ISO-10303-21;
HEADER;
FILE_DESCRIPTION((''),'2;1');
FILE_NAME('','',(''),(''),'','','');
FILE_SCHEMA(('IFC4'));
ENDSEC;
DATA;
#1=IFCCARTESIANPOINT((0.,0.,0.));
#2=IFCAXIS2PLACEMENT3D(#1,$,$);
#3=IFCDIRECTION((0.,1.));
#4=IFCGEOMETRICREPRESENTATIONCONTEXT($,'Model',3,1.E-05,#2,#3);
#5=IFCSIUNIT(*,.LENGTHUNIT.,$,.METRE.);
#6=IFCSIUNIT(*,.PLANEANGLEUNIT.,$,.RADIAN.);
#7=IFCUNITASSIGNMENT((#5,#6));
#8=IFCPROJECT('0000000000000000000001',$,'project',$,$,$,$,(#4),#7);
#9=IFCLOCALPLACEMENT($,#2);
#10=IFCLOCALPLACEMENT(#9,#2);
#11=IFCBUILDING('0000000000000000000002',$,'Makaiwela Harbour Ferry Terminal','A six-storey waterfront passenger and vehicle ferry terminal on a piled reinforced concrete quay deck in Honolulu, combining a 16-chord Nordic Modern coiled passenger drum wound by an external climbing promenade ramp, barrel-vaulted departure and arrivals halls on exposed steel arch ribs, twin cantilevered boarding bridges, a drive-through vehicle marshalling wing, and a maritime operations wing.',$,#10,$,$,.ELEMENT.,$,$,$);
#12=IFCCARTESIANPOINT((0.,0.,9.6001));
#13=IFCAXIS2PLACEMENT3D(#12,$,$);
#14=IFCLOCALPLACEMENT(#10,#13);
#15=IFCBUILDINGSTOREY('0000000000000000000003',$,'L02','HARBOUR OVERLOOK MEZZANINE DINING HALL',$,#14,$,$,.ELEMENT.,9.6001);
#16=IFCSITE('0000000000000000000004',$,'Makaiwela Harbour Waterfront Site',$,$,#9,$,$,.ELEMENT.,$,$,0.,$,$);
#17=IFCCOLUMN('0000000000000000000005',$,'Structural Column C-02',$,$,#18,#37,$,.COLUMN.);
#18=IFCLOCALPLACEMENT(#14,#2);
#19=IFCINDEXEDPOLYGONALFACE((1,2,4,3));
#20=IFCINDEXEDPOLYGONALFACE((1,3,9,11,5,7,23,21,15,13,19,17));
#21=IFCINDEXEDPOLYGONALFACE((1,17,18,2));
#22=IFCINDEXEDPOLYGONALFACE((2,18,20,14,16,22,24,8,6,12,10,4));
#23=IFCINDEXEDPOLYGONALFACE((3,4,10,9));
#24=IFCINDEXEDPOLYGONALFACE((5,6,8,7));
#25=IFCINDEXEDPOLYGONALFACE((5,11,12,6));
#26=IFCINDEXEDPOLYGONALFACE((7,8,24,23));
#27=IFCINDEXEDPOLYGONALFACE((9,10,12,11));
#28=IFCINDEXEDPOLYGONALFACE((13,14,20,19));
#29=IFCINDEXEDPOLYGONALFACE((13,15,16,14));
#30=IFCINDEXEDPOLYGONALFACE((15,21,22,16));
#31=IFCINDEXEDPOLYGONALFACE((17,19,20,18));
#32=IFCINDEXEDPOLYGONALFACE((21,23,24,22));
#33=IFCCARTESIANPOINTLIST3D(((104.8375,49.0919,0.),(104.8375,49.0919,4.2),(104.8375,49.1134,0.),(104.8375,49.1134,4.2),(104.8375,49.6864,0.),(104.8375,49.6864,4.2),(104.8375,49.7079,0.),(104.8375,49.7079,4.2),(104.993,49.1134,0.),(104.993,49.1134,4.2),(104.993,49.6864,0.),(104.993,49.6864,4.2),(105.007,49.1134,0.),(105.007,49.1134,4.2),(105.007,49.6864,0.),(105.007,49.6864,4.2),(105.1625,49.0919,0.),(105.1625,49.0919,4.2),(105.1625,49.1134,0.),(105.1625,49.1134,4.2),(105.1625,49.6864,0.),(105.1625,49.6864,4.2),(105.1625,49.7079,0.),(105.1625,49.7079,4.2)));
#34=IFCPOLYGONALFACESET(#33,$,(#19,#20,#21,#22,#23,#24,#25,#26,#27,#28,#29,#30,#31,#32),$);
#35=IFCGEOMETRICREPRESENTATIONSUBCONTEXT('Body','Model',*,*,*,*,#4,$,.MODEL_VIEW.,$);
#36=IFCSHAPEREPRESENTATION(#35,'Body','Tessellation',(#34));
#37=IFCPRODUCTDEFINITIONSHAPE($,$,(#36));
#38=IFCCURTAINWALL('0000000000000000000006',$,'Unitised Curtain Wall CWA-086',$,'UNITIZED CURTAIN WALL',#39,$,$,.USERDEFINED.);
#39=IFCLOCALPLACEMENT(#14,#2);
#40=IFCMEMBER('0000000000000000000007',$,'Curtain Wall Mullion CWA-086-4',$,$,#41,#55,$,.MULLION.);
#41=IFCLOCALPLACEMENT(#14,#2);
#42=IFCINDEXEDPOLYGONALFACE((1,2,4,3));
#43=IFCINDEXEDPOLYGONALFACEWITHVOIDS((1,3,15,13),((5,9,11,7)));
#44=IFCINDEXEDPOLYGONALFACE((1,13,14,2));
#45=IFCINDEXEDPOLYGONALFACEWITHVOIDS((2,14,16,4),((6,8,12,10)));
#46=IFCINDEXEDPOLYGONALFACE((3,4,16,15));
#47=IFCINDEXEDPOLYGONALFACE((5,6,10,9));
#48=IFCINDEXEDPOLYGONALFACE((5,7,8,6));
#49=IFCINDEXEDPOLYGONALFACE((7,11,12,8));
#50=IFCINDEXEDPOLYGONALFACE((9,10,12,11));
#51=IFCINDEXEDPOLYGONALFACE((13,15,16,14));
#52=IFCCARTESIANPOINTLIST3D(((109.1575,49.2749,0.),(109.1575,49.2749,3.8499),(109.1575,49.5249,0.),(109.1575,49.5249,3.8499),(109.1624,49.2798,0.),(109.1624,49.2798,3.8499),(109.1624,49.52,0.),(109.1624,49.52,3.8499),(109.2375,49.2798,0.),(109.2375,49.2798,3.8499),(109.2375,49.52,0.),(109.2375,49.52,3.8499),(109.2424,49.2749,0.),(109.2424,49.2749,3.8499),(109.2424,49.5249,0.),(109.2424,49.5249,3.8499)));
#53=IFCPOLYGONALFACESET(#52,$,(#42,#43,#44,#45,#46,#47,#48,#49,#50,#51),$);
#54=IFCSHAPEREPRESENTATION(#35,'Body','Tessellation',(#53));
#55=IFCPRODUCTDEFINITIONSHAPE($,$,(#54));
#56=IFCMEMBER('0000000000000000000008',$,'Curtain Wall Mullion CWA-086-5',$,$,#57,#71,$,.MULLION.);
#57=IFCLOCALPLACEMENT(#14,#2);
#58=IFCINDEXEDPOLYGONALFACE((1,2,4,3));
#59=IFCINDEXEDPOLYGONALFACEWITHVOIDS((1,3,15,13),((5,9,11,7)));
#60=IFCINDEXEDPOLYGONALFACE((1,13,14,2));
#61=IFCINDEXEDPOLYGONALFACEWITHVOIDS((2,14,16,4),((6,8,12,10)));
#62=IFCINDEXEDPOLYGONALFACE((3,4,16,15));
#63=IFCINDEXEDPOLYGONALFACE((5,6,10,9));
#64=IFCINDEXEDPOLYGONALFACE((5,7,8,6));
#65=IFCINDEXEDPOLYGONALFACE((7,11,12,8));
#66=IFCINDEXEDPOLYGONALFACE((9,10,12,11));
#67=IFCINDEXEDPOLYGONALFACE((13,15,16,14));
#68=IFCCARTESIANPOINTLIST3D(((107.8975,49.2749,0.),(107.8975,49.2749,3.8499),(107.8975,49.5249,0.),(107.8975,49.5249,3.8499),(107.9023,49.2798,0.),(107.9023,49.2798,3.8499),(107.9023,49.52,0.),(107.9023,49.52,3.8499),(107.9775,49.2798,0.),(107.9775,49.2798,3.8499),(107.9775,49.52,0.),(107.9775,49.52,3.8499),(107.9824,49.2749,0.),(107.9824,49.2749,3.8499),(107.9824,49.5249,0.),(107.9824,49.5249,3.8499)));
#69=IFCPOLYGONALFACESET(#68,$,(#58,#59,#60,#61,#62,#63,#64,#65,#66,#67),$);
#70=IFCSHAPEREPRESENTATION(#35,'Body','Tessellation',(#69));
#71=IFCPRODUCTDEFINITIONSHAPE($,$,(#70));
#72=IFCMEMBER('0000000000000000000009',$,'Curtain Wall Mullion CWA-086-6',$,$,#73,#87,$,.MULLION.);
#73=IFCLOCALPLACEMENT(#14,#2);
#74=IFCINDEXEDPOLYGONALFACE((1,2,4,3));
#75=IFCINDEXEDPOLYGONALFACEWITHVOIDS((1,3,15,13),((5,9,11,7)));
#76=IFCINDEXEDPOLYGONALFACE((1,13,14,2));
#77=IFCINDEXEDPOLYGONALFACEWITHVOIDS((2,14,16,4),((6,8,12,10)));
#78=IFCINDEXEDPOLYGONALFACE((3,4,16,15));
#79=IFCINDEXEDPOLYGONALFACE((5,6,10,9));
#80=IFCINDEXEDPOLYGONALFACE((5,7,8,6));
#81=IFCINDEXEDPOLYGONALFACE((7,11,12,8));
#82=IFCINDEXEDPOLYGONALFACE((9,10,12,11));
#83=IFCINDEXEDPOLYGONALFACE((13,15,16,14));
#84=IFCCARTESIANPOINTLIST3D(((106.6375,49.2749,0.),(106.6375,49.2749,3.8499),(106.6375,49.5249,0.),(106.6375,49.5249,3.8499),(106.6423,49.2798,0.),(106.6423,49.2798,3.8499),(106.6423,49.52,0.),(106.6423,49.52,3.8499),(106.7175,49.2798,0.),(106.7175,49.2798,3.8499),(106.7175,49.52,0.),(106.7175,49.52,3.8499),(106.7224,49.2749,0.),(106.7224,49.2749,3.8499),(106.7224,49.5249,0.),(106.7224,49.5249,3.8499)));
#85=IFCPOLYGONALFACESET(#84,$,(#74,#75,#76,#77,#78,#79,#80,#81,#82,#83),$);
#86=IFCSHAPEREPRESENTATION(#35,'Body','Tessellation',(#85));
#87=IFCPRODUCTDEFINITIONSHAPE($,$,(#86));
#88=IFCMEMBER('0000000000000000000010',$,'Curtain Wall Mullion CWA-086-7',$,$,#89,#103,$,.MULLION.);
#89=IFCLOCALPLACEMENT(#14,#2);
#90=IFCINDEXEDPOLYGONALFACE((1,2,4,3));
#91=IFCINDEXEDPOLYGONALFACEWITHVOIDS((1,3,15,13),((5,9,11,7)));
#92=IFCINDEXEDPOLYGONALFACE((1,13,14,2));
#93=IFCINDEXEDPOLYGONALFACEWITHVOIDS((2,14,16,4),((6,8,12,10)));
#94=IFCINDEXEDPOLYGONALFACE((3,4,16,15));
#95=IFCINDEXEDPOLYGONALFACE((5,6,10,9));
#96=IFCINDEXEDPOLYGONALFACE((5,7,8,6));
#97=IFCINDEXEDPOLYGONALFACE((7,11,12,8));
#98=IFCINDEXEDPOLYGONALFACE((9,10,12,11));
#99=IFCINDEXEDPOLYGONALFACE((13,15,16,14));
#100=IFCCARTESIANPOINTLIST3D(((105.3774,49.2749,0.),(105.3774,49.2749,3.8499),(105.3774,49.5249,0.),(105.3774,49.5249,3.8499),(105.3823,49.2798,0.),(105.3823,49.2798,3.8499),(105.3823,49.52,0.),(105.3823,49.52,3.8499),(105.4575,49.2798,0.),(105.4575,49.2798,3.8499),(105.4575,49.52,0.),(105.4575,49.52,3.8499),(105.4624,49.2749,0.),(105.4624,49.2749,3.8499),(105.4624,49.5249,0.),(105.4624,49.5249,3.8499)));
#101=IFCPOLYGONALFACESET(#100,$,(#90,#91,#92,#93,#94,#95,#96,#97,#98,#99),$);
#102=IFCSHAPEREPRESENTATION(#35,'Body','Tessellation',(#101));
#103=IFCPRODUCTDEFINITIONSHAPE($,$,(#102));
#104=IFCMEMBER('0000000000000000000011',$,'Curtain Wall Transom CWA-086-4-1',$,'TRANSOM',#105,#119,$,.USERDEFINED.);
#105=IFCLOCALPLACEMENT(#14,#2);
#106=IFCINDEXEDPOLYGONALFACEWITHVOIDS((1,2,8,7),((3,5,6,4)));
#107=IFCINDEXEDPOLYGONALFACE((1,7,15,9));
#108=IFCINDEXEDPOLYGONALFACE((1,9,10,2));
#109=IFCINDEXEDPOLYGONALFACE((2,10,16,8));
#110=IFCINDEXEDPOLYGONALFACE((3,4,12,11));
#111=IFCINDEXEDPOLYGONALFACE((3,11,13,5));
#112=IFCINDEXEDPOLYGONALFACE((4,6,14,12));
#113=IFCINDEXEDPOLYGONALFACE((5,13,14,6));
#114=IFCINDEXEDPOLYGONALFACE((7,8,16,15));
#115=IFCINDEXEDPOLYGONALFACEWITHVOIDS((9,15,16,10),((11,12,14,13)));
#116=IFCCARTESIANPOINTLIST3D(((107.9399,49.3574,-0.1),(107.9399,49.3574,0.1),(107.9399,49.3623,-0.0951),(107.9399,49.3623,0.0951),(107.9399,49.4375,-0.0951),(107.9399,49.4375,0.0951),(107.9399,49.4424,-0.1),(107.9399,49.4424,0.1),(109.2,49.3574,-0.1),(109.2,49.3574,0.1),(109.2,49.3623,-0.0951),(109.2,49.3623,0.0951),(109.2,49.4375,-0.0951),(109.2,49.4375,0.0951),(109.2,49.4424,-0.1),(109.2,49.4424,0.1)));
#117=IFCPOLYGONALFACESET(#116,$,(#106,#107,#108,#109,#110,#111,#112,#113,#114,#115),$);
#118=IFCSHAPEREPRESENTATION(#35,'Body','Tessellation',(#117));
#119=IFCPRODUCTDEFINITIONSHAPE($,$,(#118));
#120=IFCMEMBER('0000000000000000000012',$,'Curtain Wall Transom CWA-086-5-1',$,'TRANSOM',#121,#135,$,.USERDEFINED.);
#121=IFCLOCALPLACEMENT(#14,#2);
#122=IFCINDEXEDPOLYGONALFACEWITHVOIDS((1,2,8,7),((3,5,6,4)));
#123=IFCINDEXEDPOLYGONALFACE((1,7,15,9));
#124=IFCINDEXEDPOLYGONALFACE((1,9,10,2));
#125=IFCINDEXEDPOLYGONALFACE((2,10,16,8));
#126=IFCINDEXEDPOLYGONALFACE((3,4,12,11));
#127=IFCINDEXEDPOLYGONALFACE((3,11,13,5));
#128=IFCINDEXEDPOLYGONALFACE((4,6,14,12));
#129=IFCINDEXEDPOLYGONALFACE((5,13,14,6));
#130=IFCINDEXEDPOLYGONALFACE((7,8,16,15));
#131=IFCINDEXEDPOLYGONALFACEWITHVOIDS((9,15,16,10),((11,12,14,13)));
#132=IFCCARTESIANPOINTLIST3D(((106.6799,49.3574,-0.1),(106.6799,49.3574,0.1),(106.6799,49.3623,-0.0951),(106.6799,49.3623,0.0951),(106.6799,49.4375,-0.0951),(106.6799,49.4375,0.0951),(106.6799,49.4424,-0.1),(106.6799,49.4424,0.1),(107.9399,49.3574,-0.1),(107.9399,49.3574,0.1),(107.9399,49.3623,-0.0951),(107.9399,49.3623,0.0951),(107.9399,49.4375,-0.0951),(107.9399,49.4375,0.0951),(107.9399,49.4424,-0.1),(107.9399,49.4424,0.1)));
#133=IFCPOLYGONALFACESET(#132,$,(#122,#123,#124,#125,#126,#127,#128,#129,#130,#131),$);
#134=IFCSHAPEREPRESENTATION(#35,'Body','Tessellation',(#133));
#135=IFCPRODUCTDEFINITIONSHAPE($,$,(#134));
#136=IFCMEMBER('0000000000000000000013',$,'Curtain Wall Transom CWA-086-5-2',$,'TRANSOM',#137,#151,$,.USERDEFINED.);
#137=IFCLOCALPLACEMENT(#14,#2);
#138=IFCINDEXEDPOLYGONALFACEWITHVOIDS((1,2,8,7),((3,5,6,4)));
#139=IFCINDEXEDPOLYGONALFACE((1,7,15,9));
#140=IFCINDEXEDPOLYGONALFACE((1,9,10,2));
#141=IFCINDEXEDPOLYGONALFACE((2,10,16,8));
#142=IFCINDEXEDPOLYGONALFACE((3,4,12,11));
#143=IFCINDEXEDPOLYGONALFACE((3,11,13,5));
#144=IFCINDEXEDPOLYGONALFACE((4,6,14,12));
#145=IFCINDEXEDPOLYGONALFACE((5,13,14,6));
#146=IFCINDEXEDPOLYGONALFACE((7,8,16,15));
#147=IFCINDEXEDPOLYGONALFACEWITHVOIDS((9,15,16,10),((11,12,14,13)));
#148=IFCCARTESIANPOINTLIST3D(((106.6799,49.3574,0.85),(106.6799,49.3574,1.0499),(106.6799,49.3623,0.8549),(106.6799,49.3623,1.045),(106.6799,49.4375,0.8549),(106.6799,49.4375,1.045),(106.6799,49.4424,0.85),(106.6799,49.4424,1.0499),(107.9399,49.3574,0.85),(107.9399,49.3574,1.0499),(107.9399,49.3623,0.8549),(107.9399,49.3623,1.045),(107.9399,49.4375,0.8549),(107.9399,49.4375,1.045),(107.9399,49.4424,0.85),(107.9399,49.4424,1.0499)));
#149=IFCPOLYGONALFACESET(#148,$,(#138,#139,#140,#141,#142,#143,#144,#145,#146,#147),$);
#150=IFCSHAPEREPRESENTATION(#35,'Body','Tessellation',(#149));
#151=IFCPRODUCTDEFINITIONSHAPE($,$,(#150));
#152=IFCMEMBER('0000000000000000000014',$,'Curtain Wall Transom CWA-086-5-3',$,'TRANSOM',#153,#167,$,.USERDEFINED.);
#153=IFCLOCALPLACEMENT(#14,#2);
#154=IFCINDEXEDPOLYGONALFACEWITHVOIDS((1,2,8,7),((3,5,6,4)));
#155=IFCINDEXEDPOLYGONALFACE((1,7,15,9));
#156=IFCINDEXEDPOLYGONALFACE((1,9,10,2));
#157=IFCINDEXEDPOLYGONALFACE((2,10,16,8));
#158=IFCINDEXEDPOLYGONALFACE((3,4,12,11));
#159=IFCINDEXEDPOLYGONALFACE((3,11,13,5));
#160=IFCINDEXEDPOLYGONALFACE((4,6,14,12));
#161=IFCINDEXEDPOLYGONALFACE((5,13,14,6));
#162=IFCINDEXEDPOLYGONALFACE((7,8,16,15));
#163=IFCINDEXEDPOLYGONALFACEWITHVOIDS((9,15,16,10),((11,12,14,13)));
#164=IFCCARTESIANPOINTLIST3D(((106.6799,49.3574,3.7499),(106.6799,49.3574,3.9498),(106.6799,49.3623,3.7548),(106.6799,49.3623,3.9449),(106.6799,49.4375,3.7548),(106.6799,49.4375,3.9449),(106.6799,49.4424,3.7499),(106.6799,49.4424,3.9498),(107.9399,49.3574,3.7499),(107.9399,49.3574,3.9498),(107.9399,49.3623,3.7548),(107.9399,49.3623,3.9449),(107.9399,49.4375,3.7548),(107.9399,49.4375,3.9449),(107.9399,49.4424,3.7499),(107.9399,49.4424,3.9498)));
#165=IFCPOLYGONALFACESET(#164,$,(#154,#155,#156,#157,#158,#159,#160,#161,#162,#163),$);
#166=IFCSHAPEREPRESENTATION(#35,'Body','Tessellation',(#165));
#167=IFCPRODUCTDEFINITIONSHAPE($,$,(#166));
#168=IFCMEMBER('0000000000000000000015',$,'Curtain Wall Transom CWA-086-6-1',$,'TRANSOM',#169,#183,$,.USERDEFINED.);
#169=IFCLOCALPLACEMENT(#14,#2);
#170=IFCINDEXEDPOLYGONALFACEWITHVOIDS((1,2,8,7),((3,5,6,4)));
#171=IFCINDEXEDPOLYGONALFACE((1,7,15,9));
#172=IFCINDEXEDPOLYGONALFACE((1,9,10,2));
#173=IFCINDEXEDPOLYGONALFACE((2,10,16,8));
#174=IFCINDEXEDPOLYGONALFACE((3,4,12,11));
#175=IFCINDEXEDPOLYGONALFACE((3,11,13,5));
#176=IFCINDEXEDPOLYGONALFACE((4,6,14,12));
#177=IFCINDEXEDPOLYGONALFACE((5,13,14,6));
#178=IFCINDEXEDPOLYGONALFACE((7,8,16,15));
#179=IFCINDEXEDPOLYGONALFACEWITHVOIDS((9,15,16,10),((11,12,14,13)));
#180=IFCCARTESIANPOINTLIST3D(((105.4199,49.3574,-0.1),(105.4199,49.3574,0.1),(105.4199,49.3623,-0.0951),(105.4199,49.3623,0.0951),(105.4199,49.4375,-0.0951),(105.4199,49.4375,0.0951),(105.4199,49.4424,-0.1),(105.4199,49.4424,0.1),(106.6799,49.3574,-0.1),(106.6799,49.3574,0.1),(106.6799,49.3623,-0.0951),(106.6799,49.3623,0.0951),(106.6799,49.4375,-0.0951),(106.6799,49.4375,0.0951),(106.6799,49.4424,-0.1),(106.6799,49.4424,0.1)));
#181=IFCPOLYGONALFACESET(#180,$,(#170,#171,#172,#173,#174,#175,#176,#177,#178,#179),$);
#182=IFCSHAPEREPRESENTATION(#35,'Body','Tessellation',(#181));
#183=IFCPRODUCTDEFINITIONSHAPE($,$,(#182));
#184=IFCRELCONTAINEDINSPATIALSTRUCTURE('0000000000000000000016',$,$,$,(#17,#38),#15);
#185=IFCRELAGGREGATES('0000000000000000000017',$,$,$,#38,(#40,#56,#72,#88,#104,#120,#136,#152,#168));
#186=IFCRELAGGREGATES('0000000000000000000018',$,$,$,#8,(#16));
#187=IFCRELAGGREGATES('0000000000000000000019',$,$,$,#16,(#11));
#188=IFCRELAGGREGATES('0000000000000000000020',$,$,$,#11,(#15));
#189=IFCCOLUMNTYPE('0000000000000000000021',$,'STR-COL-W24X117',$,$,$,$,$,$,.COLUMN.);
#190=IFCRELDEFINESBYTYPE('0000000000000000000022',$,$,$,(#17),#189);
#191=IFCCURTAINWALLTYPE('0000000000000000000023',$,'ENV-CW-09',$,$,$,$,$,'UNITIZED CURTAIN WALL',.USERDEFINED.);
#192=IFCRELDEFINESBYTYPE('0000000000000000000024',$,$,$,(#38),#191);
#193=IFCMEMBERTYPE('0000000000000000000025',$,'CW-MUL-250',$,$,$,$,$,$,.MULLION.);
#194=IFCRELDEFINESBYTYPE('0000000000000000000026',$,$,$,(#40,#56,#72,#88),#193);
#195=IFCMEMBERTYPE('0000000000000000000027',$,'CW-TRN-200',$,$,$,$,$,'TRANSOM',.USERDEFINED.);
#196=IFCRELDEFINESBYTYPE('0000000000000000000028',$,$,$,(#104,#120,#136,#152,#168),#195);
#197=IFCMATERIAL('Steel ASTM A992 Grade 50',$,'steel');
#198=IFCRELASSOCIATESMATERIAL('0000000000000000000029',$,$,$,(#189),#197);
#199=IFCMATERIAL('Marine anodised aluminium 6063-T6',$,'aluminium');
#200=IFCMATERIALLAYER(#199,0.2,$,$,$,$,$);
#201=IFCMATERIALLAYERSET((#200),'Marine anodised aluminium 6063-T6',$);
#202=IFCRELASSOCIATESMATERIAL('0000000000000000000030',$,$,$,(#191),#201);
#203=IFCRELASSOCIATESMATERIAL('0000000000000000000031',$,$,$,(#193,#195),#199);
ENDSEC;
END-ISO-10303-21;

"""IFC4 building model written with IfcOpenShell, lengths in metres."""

from ifc_helpers import new_model, si_unit, direction, frame, origin, origin_2d, place, context, subcontext, project, spatial, hollow_rectangle, i_section, extrude, material, layer, layer_set, material_profile, profile_set, type_object, element, aggregate, save


model = new_model("IFC4")

# Units and contexts
model_context = context("Model", 3, precision=1e-05, world=origin(), true_north=direction((0.0, 1.0)))
body_context = subcontext(model_context, "Body", "Model", "MODEL_VIEW")
ifc_project = project(units=[si_unit("LENGTHUNIT", "METRE"), si_unit("PLANEANGLEUNIT", "RADIAN")], contexts=[model_context])

# Site, building, storey
site_placement = place(None, origin())
site = spatial("IfcSite", under=ifc_project, at=site_placement, Name="Makaiwela Harbour Waterfront Site", CompositionType="ELEMENT", RefElevation=0.0)
building_placement = place(site_placement, origin())
building = spatial("IfcBuilding", under=site, at=building_placement, Name="Makaiwela Harbour Ferry Terminal", Description="A six-storey waterfront passenger and vehicle ferry terminal on a piled reinforced concrete quay deck in Honolulu, combining a 16-chord Nordic Modern coiled passenger drum wound by an external climbing promenade ramp, barrel-vaulted departure and arrivals halls on exposed steel arch ribs, twin cantilevered boarding bridges, a drive-through vehicle marshalling wing, and a maritime operations wing.", CompositionType="ELEMENT")
storey_placement = place(building_placement, frame((0.0, 0.0, 9.6001)))
storey = spatial("IfcBuildingStorey", under=building, at=storey_placement, Name="L02", Description="HARBOUR OVERLOOK MEZZANINE DINING HALL", CompositionType="ELEMENT", Elevation=9.6001)

# Column
ifc_material_1 = material(Name="Steel ASTM A992 Grade 50", Category="steel")
ifc_material_profile_1 = material_profile(ifc_material_1, i_section(OverallWidth=0.325, OverallDepth=0.616, WebThickness=0.0139, FlangeThickness=0.0215, at=origin_2d()), Name="W24X117")
ifc_profile_set_1 = profile_set([ifc_material_profile_1], Name="Steel ASTM A992 Grade 50")
column_type = type_object("IfcColumnType", Name="STR-COL-W24X117", PredefinedType="COLUMN", material=ifc_profile_set_1)
column_placement = place(storey_placement, frame((105.0, 49.3999, 0.0), z_axis=(0.0, 0.0, 1.0), x_axis=(1.0, 0.0, 0.0)))
element("IfcColumn", 1, at=column_placement, inside=storey, type_object=column_type, Name="Structural Column C-02", PredefinedType="COLUMN", context=body_context, shape_type="SweptSolid", body=[
    extrude(i_section(OverallWidth=0.325, OverallDepth=0.616, WebThickness=0.0139, FlangeThickness=0.0215, at=origin_2d()), origin(), (0.0, 0.0, 1.0), 4.2),
])

# Curtain wall, members
ifc_material_2 = material(Name="Marine anodised aluminium 6063-T6", Category="aluminium")
ifc_layer_1 = layer(ifc_material_2, 0.2)
ifc_layer_set_1 = layer_set([ifc_layer_1], Name="Marine anodised aluminium 6063-T6")
curtain_wall_type = type_object("IfcCurtainWallType", Name="ENV-CW-09", ElementType="UNITIZED CURTAIN WALL", PredefinedType="USERDEFINED", material=ifc_layer_set_1)
curtain_wall_placement = place(storey_placement, origin())
curtain_wall = element("IfcCurtainWall", 2, at=curtain_wall_placement, inside=storey, type_object=curtain_wall_type, Name="Unitised Curtain Wall CWA-086", ObjectType="UNITIZED CURTAIN WALL", PredefinedType="USERDEFINED")
ifc_material_profile_2 = material_profile(ifc_material_2, hollow_rectangle(XDim=0.085, YDim=0.25, WallThickness=0.0049, at=origin_2d()), Name="CWM-250X85")
ifc_profile_set_2 = profile_set([ifc_material_profile_2], Name="Marine anodised aluminium 6063-T6")
member_type_1 = type_object("IfcMemberType", Name="CW-MUL-250", PredefinedType="MULLION", material=ifc_profile_set_2)
member_1_placement = place(storey_placement, frame((109.2, 49.3999, 0.0), z_axis=(0.0, 0.0, 1.0), x_axis=(1.0, 0.0, 0.0)))
member_1 = element("IfcMember", 3, at=member_1_placement, type_object=member_type_1, Name="Curtain Wall Mullion CWA-086-4", PredefinedType="MULLION", context=body_context, shape_type="SweptSolid", body=[
    extrude(hollow_rectangle(XDim=0.085, YDim=0.25, WallThickness=0.0049, at=origin_2d()), origin(), (0.0, 0.0, 1.0), 3.8499),
])
member_2_placement = place(storey_placement, frame((107.9399, 49.3999, 0.0), z_axis=(0.0, 0.0, 1.0), x_axis=(1.0, 0.0, 0.0)))
member_2 = element("IfcMember", 4, at=member_2_placement, type_object=member_type_1, Name="Curtain Wall Mullion CWA-086-5", PredefinedType="MULLION", context=body_context, shape_type="SweptSolid", body=[
    extrude(hollow_rectangle(XDim=0.085, YDim=0.25, WallThickness=0.0049, at=origin_2d()), origin(), (0.0, 0.0, 1.0), 3.8499),
])
member_3_placement = place(storey_placement, frame((106.6799, 49.3999, 0.0), z_axis=(0.0, 0.0, 1.0), x_axis=(1.0, 0.0, 0.0)))
member_3 = element("IfcMember", 5, at=member_3_placement, type_object=member_type_1, Name="Curtain Wall Mullion CWA-086-6", PredefinedType="MULLION", context=body_context, shape_type="SweptSolid", body=[
    extrude(hollow_rectangle(XDim=0.085, YDim=0.25, WallThickness=0.0049, at=origin_2d()), origin(), (0.0, 0.0, 1.0), 3.8499),
])
member_4_placement = place(storey_placement, frame((105.4199, 49.3999, 0.0), z_axis=(0.0, 0.0, 1.0), x_axis=(1.0, 0.0, 0.0)))
member_4 = element("IfcMember", 6, at=member_4_placement, type_object=member_type_1, Name="Curtain Wall Mullion CWA-086-7", PredefinedType="MULLION", context=body_context, shape_type="SweptSolid", body=[
    extrude(hollow_rectangle(XDim=0.085, YDim=0.25, WallThickness=0.0049, at=origin_2d()), origin(), (0.0, 0.0, 1.0), 3.8499),
])
ifc_material_profile_3 = material_profile(ifc_material_2, hollow_rectangle(XDim=0.085, YDim=0.2, WallThickness=0.0049, at=origin_2d()), Name="CWT-200X85")
ifc_profile_set_3 = profile_set([ifc_material_profile_3], Name="Marine anodised aluminium 6063-T6")
member_type_2 = type_object("IfcMemberType", Name="CW-TRN-200", ElementType="TRANSOM", PredefinedType="USERDEFINED", material=ifc_profile_set_3)
member_5_placement = place(storey_placement, frame((109.2, 49.3999, 0.0), z_axis=(-1.0, 0.0, 0.0), x_axis=(0.0, -1.0, 0.0)))
member_5 = element("IfcMember", 7, at=member_5_placement, type_object=member_type_2, Name="Curtain Wall Transom CWA-086-4-1", ObjectType="TRANSOM", PredefinedType="USERDEFINED", context=body_context, shape_type="SweptSolid", body=[
    extrude(hollow_rectangle(XDim=0.085, YDim=0.2, WallThickness=0.0049, at=origin_2d()), origin(), (0.0, 0.0, 1.0), 1.26),
])
member_6_placement = place(storey_placement, frame((107.9399, 49.3999, 0.0), z_axis=(-1.0, 0.0, 0.0), x_axis=(0.0, -1.0, 0.0)))
member_6 = element("IfcMember", 8, at=member_6_placement, type_object=member_type_2, Name="Curtain Wall Transom CWA-086-5-1", ObjectType="TRANSOM", PredefinedType="USERDEFINED", context=body_context, shape_type="SweptSolid", body=[
    extrude(hollow_rectangle(XDim=0.085, YDim=0.2, WallThickness=0.0049, at=origin_2d()), origin(), (0.0, 0.0, 1.0), 1.26),
])
member_7_placement = place(storey_placement, frame((107.9399, 49.3999, 0.95), z_axis=(-1.0, 0.0, 0.0), x_axis=(0.0, -1.0, 0.0)))
member_7 = element("IfcMember", 9, at=member_7_placement, type_object=member_type_2, Name="Curtain Wall Transom CWA-086-5-2", ObjectType="TRANSOM", PredefinedType="USERDEFINED", context=body_context, shape_type="SweptSolid", body=[
    extrude(hollow_rectangle(XDim=0.085, YDim=0.2, WallThickness=0.0049, at=origin_2d()), origin(), (0.0, 0.0, 1.0), 1.26),
])
member_8_placement = place(storey_placement, frame((107.9399, 49.3999, 3.8499), z_axis=(-1.0, 0.0, 0.0), x_axis=(0.0, -1.0, 0.0)))
member_8 = element("IfcMember", 10, at=member_8_placement, type_object=member_type_2, Name="Curtain Wall Transom CWA-086-5-3", ObjectType="TRANSOM", PredefinedType="USERDEFINED", context=body_context, shape_type="SweptSolid", body=[
    extrude(hollow_rectangle(XDim=0.085, YDim=0.2, WallThickness=0.0049, at=origin_2d()), origin(), (0.0, 0.0, 1.0), 1.26),
])
member_9_placement = place(storey_placement, frame((106.6799, 49.3999, 0.0), z_axis=(-1.0, 0.0, 0.0), x_axis=(0.0, -1.0, 0.0)))
member_9 = element("IfcMember", 11, at=member_9_placement, type_object=member_type_2, Name="Curtain Wall Transom CWA-086-6-1", ObjectType="TRANSOM", PredefinedType="USERDEFINED", context=body_context, shape_type="SweptSolid", body=[
    extrude(hollow_rectangle(XDim=0.085, YDim=0.2, WallThickness=0.0049, at=origin_2d()), origin(), (0.0, 0.0, 1.0), 1.26),
])

aggregate(curtain_wall, [member_1, member_2, member_3, member_4, member_5, member_6, member_7, member_8, member_9])

save(model, "model.ifc")
